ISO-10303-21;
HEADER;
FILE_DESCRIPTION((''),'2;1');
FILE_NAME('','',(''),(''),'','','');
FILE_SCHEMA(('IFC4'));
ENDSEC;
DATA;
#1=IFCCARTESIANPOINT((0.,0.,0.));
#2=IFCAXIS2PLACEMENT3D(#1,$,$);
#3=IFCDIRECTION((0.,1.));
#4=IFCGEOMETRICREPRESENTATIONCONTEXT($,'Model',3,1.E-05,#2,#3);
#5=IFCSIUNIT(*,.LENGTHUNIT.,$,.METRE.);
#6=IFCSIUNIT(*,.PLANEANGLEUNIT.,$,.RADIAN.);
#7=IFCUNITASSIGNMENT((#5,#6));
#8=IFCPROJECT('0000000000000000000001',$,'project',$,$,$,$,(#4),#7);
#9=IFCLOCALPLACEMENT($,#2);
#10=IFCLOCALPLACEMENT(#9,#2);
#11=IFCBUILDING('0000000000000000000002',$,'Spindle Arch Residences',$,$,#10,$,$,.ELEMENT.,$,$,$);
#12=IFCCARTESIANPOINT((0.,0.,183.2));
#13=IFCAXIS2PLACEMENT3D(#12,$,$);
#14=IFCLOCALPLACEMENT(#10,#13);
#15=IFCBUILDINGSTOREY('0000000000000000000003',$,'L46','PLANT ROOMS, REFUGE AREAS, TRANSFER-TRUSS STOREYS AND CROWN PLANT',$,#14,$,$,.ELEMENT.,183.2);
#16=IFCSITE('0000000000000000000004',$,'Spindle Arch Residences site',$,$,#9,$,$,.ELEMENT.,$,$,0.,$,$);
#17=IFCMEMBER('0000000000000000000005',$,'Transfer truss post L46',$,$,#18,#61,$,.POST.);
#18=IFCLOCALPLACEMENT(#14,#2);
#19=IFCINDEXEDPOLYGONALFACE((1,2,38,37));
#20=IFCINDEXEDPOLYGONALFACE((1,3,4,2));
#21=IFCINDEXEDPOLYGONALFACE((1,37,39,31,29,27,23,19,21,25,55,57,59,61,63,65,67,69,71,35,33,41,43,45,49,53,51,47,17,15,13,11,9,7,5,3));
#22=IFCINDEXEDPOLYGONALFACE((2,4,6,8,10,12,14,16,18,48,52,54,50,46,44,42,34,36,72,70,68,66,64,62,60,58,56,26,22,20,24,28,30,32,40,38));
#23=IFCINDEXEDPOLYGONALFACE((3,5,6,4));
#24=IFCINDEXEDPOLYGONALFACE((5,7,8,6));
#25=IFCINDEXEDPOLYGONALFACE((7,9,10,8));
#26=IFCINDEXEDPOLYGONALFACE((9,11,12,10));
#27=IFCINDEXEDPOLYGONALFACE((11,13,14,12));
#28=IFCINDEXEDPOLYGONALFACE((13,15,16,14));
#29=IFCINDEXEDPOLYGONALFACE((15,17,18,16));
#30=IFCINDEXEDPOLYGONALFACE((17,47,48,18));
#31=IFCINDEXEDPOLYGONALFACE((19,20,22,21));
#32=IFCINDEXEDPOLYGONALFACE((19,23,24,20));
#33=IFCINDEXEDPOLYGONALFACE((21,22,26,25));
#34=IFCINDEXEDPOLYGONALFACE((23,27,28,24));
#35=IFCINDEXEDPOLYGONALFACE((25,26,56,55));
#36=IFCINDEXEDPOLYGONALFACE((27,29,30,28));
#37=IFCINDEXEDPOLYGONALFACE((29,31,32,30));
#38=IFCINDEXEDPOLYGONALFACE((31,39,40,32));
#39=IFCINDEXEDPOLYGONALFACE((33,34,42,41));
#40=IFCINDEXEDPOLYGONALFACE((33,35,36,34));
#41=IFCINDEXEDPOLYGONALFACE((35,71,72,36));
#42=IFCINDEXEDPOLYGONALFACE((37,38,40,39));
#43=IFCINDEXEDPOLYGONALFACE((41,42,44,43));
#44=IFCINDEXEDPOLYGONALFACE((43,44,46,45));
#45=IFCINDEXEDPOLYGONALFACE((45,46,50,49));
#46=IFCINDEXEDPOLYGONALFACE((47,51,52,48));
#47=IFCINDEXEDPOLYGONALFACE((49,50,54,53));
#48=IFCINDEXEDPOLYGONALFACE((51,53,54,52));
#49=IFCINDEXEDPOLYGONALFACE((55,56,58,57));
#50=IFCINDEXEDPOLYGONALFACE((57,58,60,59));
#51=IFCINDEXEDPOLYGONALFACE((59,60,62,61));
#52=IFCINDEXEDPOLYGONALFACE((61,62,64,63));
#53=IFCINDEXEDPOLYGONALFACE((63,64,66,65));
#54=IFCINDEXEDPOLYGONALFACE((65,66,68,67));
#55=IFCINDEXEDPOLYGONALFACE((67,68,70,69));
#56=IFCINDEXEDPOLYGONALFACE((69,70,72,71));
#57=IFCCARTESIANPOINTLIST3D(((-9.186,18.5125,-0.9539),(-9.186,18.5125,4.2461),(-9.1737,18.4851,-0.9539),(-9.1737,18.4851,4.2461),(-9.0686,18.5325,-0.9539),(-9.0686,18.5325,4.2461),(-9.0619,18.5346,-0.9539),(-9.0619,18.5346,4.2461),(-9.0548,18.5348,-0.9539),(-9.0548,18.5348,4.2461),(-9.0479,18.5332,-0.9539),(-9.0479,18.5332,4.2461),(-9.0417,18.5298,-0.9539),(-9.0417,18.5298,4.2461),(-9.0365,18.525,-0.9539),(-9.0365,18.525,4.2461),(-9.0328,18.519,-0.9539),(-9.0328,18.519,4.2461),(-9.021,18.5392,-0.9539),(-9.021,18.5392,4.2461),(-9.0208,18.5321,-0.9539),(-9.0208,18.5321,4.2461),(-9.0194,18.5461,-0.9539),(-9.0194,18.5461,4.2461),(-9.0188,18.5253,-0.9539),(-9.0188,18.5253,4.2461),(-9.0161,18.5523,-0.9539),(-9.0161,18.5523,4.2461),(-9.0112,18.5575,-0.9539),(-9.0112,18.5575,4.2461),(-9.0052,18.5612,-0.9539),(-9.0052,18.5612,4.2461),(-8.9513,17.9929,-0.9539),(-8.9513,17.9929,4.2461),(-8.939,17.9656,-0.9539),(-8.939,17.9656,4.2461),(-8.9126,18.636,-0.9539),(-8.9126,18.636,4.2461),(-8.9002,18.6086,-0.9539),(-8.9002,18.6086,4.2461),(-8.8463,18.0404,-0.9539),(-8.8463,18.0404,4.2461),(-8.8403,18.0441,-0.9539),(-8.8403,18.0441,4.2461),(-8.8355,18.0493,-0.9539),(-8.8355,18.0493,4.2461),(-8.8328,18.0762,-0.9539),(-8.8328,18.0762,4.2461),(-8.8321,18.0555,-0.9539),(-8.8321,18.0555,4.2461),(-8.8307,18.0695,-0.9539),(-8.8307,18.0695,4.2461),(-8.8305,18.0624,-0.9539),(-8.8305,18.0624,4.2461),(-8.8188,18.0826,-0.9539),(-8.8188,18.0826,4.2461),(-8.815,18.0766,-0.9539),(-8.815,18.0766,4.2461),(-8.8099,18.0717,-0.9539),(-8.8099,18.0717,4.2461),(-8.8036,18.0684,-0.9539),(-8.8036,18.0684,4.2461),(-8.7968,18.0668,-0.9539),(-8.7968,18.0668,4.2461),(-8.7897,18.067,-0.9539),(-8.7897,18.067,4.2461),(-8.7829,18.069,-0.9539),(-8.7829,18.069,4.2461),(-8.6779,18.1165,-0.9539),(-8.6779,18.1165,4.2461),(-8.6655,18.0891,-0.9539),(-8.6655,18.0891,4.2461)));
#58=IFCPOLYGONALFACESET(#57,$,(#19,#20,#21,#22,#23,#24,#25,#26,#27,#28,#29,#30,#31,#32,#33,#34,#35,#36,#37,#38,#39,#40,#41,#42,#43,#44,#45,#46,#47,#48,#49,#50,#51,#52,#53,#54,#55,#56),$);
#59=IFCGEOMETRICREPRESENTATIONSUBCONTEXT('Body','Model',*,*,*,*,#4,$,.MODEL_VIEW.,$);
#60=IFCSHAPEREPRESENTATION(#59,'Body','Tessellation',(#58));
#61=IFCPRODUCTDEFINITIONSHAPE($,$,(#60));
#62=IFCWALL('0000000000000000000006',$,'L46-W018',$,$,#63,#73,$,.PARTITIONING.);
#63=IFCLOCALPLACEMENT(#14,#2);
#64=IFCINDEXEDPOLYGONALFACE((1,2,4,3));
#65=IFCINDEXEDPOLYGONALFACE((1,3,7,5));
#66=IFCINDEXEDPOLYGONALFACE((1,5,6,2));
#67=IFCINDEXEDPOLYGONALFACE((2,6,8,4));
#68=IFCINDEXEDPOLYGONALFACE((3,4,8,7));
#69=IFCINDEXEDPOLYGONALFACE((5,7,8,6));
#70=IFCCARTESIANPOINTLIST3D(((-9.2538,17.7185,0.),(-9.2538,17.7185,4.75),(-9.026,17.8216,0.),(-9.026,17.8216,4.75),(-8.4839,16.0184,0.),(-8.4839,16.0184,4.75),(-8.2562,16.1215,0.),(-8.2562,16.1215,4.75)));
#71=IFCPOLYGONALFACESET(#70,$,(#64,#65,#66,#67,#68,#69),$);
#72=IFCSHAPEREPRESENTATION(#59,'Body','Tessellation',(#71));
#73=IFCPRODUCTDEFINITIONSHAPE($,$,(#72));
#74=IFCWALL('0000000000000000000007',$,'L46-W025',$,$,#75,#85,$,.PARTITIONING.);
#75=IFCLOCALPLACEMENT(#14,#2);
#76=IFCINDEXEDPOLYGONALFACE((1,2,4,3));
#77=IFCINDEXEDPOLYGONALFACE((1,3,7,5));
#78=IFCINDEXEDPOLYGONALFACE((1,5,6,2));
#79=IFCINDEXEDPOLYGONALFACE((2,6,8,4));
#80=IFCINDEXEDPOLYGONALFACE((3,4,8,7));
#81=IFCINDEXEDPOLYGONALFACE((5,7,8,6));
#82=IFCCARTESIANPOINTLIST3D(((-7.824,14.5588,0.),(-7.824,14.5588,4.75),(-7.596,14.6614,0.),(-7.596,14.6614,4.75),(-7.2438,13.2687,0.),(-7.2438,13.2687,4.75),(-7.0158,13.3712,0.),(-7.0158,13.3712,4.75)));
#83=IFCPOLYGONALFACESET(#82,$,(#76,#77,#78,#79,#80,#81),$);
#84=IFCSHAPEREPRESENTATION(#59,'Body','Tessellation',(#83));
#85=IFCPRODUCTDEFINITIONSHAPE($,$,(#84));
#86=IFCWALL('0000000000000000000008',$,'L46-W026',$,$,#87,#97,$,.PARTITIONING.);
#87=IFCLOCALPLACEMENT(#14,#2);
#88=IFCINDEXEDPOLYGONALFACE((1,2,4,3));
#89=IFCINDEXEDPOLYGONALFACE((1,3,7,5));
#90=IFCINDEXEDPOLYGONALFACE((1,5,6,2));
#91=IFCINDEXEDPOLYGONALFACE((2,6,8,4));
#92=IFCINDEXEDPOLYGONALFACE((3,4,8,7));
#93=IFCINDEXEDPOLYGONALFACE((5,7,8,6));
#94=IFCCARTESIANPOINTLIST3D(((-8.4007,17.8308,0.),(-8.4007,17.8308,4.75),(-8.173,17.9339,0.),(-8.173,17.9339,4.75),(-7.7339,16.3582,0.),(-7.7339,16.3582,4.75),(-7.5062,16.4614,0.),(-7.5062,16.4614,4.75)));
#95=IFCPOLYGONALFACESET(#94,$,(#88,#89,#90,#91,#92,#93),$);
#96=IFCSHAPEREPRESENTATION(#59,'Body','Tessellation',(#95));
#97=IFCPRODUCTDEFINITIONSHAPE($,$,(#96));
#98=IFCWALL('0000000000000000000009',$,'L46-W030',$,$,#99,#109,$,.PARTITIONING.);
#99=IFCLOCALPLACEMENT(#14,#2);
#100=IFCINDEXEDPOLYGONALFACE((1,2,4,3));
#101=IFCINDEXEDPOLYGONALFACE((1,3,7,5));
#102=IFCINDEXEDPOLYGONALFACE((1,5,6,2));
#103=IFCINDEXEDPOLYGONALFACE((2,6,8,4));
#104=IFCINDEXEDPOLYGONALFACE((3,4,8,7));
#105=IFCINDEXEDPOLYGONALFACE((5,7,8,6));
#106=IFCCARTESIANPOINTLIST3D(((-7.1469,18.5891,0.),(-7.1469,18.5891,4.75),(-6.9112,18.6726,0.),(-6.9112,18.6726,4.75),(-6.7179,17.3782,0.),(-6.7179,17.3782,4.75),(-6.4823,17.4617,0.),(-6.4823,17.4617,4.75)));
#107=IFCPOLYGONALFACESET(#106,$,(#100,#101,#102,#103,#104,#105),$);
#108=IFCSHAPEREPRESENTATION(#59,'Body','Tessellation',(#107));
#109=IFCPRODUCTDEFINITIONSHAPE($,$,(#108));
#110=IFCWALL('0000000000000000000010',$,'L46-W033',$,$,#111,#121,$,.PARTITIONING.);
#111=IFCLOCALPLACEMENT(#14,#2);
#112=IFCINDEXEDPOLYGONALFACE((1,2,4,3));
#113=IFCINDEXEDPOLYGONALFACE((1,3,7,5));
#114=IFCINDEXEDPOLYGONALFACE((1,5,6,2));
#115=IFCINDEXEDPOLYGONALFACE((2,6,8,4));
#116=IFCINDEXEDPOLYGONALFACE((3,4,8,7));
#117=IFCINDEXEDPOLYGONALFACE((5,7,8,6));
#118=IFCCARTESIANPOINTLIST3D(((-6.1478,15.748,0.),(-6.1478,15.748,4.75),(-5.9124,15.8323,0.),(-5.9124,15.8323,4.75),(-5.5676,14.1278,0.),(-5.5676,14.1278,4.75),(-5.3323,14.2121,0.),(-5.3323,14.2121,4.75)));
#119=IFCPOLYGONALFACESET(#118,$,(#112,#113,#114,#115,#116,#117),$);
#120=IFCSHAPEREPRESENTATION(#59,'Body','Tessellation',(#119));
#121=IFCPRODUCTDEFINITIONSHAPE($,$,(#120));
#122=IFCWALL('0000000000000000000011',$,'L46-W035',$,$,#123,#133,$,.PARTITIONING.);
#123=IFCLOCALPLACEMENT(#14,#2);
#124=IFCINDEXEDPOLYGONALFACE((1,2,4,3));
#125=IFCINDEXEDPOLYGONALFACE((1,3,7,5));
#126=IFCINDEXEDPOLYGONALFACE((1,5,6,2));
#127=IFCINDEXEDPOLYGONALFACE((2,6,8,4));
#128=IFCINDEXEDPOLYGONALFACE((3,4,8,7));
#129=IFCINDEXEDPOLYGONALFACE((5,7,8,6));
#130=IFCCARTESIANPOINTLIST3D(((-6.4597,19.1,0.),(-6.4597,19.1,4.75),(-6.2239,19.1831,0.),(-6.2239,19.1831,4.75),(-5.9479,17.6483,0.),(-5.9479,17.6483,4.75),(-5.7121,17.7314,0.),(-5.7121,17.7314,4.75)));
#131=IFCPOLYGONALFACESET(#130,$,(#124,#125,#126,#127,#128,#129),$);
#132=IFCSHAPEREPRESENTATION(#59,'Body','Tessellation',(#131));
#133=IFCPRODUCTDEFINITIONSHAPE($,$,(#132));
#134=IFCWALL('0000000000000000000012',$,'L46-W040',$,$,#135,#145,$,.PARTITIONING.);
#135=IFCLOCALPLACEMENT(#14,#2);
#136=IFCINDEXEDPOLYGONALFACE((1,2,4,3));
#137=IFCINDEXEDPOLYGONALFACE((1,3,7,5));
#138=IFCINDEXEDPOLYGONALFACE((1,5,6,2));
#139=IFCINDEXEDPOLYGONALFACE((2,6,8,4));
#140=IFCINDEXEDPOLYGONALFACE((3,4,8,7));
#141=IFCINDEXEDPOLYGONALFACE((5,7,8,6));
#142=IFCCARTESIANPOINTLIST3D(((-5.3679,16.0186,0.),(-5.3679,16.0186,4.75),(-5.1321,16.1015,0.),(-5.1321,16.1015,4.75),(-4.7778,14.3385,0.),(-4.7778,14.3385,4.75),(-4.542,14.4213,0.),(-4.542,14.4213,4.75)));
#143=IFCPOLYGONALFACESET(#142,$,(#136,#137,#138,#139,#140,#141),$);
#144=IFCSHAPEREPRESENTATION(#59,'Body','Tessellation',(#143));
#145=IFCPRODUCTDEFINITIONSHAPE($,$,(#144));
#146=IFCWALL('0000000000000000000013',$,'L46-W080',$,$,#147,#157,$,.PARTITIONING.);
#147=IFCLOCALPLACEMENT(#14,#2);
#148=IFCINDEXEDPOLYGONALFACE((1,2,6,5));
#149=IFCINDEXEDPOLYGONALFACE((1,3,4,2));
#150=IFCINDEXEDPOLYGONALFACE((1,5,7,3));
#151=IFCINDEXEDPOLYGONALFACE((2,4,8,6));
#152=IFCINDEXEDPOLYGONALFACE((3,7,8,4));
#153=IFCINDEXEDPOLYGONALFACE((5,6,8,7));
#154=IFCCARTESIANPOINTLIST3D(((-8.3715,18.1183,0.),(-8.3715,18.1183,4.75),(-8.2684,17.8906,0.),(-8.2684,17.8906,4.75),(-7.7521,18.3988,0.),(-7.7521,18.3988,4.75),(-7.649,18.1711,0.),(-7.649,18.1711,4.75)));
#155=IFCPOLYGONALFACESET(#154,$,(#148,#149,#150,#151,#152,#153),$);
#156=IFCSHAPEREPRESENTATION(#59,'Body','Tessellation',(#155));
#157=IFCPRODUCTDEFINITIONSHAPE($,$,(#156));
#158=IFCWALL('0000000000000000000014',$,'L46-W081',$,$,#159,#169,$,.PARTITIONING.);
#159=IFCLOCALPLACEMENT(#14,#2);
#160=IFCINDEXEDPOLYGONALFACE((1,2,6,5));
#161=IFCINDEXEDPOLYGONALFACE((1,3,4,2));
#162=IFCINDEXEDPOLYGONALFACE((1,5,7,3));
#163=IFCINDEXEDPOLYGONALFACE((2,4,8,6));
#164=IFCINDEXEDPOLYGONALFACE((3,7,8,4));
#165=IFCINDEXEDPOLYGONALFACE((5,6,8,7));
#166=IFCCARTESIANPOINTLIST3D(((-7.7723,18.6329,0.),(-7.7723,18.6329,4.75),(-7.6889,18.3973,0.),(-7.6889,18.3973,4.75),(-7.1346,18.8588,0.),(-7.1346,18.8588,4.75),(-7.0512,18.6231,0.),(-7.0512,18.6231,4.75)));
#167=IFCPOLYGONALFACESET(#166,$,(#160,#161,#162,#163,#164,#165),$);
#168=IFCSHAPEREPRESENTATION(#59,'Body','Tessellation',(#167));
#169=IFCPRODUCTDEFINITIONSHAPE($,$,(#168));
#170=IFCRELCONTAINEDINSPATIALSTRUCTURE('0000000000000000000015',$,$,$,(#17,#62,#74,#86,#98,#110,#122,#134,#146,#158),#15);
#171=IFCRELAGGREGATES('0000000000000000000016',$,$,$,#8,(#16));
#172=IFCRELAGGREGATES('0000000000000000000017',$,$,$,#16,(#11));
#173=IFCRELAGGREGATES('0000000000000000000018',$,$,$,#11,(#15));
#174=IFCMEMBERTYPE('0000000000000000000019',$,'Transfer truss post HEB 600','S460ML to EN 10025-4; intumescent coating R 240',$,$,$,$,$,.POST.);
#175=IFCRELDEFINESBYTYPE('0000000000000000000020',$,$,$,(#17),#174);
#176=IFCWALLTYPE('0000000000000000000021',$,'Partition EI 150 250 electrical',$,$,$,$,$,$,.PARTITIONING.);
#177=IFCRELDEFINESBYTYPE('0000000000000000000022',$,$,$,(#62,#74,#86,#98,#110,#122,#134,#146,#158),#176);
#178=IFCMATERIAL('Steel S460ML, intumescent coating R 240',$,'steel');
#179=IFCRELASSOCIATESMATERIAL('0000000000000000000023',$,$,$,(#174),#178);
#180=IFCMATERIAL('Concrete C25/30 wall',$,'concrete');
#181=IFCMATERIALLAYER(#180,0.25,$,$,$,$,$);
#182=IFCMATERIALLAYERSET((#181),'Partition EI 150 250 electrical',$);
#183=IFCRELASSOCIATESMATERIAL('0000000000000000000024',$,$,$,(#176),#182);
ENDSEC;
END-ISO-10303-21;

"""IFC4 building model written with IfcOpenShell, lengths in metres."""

from ifc_helpers import new_model, si_unit, direction, frame, frame_2d, origin, origin_2d, place, context, subcontext, project, spatial, rectangle, i_section, extrude, material, layer, layer_set, material_profile, profile_set, type_object, element, save


model = new_model("IFC4")

# Units and contexts
model_context = context("Model", 3, precision=1e-05, world=origin(), true_north=direction((0.0, 1.0)))
body_context = subcontext(model_context, "Body", "Model", "MODEL_VIEW")
ifc_project = project(units=[si_unit("LENGTHUNIT", "METRE"), si_unit("PLANEANGLEUNIT", "RADIAN")], contexts=[model_context])

# Site, building, storey
site_placement = place(None, origin())
site = spatial("IfcSite", under=ifc_project, at=site_placement, Name="Spindle Arch Residences site", CompositionType="ELEMENT", RefElevation=0.0)
building_placement = place(site_placement, origin())
building = spatial("IfcBuilding", under=site, at=building_placement, Name="Spindle Arch Residences", CompositionType="ELEMENT")
storey_placement = place(building_placement, frame((0.0, 0.0, 183.2)))
storey = spatial("IfcBuildingStorey", under=building, at=storey_placement, Name="L46", Description="PLANT ROOMS, REFUGE AREAS, TRANSFER-TRUSS STOREYS AND CROWN PLANT", CompositionType="ELEMENT", Elevation=183.2)

# Member
ifc_material_1 = material(Name="Steel S460ML, intumescent coating R 240", Category="steel")
ifc_material_profile_1 = material_profile(ifc_material_1, i_section(OverallWidth=0.3, OverallDepth=0.6001, WebThickness=0.0154, FlangeThickness=0.03, FilletRadius=0.0271, at=origin_2d()), Name="HEB 600")
ifc_profile_set_1 = profile_set([ifc_material_profile_1], Name="Steel S460ML, intumescent coating R 240")
member_type_1 = type_object("IfcMemberType", Name="Transfer truss post HEB 600", Description="S460ML to EN 10025-4; intumescent coating R 240", PredefinedType="POST", material=ifc_profile_set_1)
member_1_placement = place(storey_placement, frame((-8.9258, 18.3008, -0.9539), z_axis=(0.0, 0.0, 1.0), x_axis=(0.911331, 0.411673, 0.0)))
element("IfcMember", 1, at=member_1_placement, inside=storey, type_object=member_type_1, Name="Transfer truss post L46", PredefinedType="POST", context=body_context, shape_type="SweptSolid", body=[
    extrude(i_section(OverallWidth=0.3, OverallDepth=0.6001, WebThickness=0.0154, FlangeThickness=0.03, FilletRadius=0.0271, at=origin_2d()), origin(), (0.0, 0.0, 1.0), 5.2),
])

# Walls
ifc_material_2 = material(Name="Concrete C25/30 wall", Category="concrete")
ifc_layer = layer(ifc_material_2, 0.25)
ifc_layer_set = layer_set([ifc_layer], Name="Partition EI 150 250 electrical")
wall_type = type_object("IfcWallType", Name="Partition EI 150 250 electrical", PredefinedType="PARTITIONING", material=ifc_layer_set)
wall_1_placement = place(storey_placement, frame((-9.1399, 17.77, 0.0), z_axis=(0.0, 0.0, 1.0), x_axis=(0.412501, -0.910957, 0.0)))
element("IfcWall", 2, at=wall_1_placement, inside=storey, type_object=wall_type, Name="L46-W018", PredefinedType="PARTITIONING", context=body_context, shape_type="SweptSolid", body=[
    extrude(rectangle(XDim=1.8662, YDim=0.25, at=frame_2d((0.9331, 0.0))), origin(), (0.0, 0.0, 1.0), 4.75),
])
wall_2_placement = place(storey_placement, frame((-7.71, 14.6101, 0.0), z_axis=(0.0, 0.0, 1.0), x_axis=(0.410106, -0.912038, 0.0)))
element("IfcWall", 3, at=wall_2_placement, inside=storey, type_object=wall_type, Name="L46-W025", PredefinedType="PARTITIONING", context=body_context, shape_type="SweptSolid", body=[
    extrude(rectangle(XDim=1.4146, YDim=0.25, at=frame_2d((0.7073, 0.0))), origin(), (0.0, 0.0, 1.0), 4.75),
])
wall_3_placement = place(storey_placement, frame((-7.6201, 16.4099, 0.0), z_axis=(0.0, 0.0, 1.0), x_axis=(-0.412505, 0.910955, 0.0)))
element("IfcWall", 4, at=wall_3_placement, inside=storey, type_object=wall_type, Name="L46-W026", PredefinedType="PARTITIONING", context=body_context, shape_type="SweptSolid", body=[
    extrude(rectangle(XDim=1.6165, YDim=0.25, at=frame_2d((0.8081, 0.0))), origin(), (0.0, 0.0, 1.0), 4.75),
])
wall_4_placement = place(storey_placement, frame((-7.0291, 18.6309, 0.0), z_axis=(0.0, 0.0, 1.0), x_axis=(0.333903, -0.942607, 0.0)))
element("IfcWall", 5, at=wall_4_placement, inside=storey, type_object=wall_type, Name="L46-W030", PredefinedType="PARTITIONING", context=body_context, shape_type="SweptSolid", body=[
    extrude(rectangle(XDim=1.2847, YDim=0.25, at=frame_2d((0.6423, 0.0))), origin(), (0.0, 0.0, 1.0), 4.75),
])
wall_5_placement = place(storey_placement, frame((-6.03, 15.79, 0.0), z_axis=(0.0, 0.0, 1.0), x_axis=(0.337091, -0.941472, 0.0)))
element("IfcWall", 6, at=wall_5_placement, inside=storey, type_object=wall_type, Name="L46-W033", PredefinedType="PARTITIONING", context=body_context, shape_type="SweptSolid", body=[
    extrude(rectangle(XDim=1.7209, YDim=0.25, at=frame_2d((0.8604, 0.0))), origin(), (0.0, 0.0, 1.0), 4.75),
])
wall_6_placement = place(storey_placement, frame((-5.8301, 17.6899, 0.0), z_axis=(0.0, 0.0, 1.0), x_axis=(-0.332455, 0.943119, 0.0)))
element("IfcWall", 7, at=wall_6_placement, inside=storey, type_object=wall_type, Name="L46-W035", PredefinedType="PARTITIONING", context=body_context, shape_type="SweptSolid", body=[
    extrude(rectangle(XDim=1.5393, YDim=0.25, at=frame_2d((0.7695, 0.0))), origin(), (0.0, 0.0, 1.0), 4.75),
])
wall_7_placement = place(storey_placement, frame((-4.6599, 14.3799, 0.0), z_axis=(0.0, 0.0, 1.0), x_axis=(-0.331364, 0.943503, 0.0)))
element("IfcWall", 8, at=wall_7_placement, inside=storey, type_object=wall_type, Name="L46-W040", PredefinedType="PARTITIONING", context=body_context, shape_type="SweptSolid", body=[
    extrude(rectangle(XDim=1.7808, YDim=0.25, at=frame_2d((0.8904, 0.0))), origin(), (0.0, 0.0, 1.0), 4.75),
])
wall_8_placement = place(storey_placement, frame((-7.7007, 18.2849, 0.0), z_axis=(0.0, 0.0, 1.0), x_axis=(-0.910931, -0.412558, 0.0)))
element("IfcWall", 9, at=wall_8_placement, inside=storey, type_object=wall_type, Name="L46-W080", PredefinedType="PARTITIONING", context=body_context, shape_type="SweptSolid", body=[
    extrude(rectangle(XDim=0.6799, YDim=0.25, at=frame_2d((0.3398, 0.0))), origin(), (0.0, 0.0, 1.0), 4.75),
])
wall_9_placement = place(storey_placement, frame((-7.0928, 18.741, 0.0), z_axis=(0.0, 0.0, 1.0), x_axis=(-0.942637, -0.33382, 0.0)))
element("IfcWall", 10, at=wall_9_placement, inside=storey, type_object=wall_type, Name="L46-W081", PredefinedType="PARTITIONING", context=body_context, shape_type="SweptSolid", body=[
    extrude(rectangle(XDim=0.6765, YDim=0.25, at=frame_2d((0.3384, 0.0))), origin(), (0.0, 0.0, 1.0), 4.75),
])

save(model, "model.ifc")
